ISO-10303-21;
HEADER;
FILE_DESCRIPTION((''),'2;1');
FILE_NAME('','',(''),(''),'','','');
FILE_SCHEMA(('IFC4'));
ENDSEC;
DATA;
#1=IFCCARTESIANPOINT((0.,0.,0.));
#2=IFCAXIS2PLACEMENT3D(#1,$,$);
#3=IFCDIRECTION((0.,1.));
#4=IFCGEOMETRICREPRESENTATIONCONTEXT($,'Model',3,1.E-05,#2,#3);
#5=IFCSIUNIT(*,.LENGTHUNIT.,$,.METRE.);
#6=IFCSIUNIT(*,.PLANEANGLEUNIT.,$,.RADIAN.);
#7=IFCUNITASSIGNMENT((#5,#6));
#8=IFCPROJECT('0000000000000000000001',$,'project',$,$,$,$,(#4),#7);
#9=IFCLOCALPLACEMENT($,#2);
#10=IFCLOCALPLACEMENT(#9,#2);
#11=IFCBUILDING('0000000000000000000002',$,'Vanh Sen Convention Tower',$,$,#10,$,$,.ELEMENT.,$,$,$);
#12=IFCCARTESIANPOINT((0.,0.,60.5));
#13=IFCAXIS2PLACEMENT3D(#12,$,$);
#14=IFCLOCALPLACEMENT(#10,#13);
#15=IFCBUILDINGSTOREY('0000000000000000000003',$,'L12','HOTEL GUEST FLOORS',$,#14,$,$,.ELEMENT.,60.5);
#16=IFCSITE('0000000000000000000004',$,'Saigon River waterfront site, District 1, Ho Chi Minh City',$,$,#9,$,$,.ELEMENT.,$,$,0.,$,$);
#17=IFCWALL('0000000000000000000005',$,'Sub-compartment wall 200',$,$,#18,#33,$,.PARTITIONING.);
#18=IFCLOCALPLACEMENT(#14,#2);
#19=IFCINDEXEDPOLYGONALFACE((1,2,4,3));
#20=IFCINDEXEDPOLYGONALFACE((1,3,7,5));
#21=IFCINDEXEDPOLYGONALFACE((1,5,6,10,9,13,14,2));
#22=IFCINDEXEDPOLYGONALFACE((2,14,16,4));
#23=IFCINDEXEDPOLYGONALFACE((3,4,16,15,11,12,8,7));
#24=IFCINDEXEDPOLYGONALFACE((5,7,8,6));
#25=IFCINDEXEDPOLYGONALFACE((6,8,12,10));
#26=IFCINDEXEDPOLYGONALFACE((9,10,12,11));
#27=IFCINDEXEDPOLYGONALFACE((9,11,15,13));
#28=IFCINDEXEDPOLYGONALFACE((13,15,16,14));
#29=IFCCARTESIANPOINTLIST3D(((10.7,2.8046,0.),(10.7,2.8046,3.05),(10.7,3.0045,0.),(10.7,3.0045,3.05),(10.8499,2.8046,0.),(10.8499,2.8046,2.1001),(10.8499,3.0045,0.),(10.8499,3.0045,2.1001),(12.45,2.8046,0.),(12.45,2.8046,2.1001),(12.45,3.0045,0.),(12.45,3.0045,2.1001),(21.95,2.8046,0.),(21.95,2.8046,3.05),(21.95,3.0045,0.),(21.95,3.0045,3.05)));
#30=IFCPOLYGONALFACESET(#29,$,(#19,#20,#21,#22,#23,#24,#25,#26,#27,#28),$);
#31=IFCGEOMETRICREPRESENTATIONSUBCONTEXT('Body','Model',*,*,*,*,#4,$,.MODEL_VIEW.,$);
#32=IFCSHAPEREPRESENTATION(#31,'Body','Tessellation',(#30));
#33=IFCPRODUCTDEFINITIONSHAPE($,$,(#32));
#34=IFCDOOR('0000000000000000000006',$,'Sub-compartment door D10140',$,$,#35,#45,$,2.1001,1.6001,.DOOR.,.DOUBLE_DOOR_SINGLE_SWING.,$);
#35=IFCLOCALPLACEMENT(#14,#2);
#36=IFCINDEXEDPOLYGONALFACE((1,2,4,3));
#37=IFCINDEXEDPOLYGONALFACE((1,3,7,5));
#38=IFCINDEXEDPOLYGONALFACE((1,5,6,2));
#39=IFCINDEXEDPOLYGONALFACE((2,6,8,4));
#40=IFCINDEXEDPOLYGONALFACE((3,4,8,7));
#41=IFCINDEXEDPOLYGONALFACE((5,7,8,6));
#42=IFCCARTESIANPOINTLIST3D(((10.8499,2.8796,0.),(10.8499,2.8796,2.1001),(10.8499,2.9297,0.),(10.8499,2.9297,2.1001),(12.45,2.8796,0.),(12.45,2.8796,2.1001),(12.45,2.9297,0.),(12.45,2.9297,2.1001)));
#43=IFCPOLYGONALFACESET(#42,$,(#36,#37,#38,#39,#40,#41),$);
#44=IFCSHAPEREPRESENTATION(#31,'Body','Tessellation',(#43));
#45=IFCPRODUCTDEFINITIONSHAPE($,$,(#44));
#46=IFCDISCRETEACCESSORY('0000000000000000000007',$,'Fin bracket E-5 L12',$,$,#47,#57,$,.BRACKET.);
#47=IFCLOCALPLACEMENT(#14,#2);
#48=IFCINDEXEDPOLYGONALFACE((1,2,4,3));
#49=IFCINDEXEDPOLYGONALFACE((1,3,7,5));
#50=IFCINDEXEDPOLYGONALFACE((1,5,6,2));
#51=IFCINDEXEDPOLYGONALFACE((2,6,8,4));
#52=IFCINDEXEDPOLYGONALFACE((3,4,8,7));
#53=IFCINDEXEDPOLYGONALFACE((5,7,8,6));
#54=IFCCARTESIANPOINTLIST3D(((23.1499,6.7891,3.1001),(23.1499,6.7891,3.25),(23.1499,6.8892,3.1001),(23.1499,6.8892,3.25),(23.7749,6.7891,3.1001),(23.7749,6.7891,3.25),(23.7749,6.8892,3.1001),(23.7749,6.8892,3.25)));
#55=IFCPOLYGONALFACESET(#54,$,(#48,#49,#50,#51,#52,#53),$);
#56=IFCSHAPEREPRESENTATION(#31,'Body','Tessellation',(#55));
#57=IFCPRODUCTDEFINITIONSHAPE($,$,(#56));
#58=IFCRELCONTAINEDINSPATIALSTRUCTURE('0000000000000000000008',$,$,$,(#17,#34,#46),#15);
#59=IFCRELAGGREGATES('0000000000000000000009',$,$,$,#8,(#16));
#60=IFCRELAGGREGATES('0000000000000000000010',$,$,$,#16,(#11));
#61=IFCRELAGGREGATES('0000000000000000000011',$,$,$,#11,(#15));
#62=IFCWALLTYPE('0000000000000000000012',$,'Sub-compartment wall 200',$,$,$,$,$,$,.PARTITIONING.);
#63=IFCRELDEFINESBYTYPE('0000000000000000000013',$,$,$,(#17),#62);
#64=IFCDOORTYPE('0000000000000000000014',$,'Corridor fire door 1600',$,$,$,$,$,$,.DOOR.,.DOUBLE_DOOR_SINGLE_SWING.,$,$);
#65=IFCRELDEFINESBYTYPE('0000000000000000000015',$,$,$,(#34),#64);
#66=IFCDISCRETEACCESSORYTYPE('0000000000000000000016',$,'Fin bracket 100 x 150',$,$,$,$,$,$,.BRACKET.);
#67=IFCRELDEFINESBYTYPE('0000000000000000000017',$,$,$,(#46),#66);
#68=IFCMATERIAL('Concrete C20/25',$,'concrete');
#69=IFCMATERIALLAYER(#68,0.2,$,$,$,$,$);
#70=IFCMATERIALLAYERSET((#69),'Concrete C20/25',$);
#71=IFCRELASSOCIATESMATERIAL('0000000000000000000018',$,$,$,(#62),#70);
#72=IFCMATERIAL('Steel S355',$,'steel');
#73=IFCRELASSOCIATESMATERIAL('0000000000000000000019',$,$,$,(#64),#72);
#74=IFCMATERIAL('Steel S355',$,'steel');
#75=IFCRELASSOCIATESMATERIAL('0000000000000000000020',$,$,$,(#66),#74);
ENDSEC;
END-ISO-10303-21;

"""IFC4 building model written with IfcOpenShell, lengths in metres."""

from ifc_helpers import new_model, si_unit, direction, frame, frame_2d, origin, origin_2d, place, context, subcontext, project, spatial, rectangle, extrude, material, layer, layer_set, type_object, element, fill, save


model = new_model("IFC4")

# Units and contexts
model_context = context("Model", 3, precision=1e-05, world=origin(), true_north=direction((0.0, 1.0)))
body_context = subcontext(model_context, "Body", "Model", "MODEL_VIEW")
ifc_project = project(units=[si_unit("LENGTHUNIT", "METRE"), si_unit("PLANEANGLEUNIT", "RADIAN")], contexts=[model_context])

# Site, building, storey
site_placement = place(None, origin())
site = spatial("IfcSite", under=ifc_project, at=site_placement, Name="Saigon River waterfront site, District 1, Ho Chi Minh City", CompositionType="ELEMENT", RefElevation=0.0)
building_placement = place(site_placement, origin())
building = spatial("IfcBuilding", under=site, at=building_placement, Name="Vanh Sen Convention Tower", CompositionType="ELEMENT")
storey_placement = place(building_placement, frame((0.0, 0.0, 60.5)))
storey = spatial("IfcBuildingStorey", under=building, at=storey_placement, Name="L12", Description="HOTEL GUEST FLOORS", CompositionType="ELEMENT", Elevation=60.5)

# Wall, opening, door
ifc_material_1 = material(Name="Concrete C20/25", Category="concrete")
ifc_layer_1 = layer(ifc_material_1, 0.2)
ifc_layer_set_1 = layer_set([ifc_layer_1], Name="Concrete C20/25")
wall_type_1 = type_object("IfcWallType", Name="Sub-compartment wall 200", PredefinedType="PARTITIONING", material=ifc_layer_set_1)
wall_1_placement = place(storey_placement, frame((21.95, 2.9045, 0.0), z_axis=(0.0, 0.0, 1.0), x_axis=(-1.0, 0.0, 0.0)))
wall_1 = element("IfcWall", 1, at=wall_1_placement, inside=storey, type_object=wall_type_1, Name="Sub-compartment wall 200", PredefinedType="PARTITIONING", context=body_context, shape_type="SweptSolid", body=[
    extrude(rectangle(XDim=11.25, YDim=0.2, at=frame_2d((5.625, 0.0))), origin(), (0.0, 0.0, 1.0), 3.05),
])
opening_1_placement = place(wall_1_placement, frame((9.5, 0.0, 0.0)))
opening_1 = element("IfcOpeningElement", 2, at=opening_1_placement, cuts=wall_1, PredefinedType="OPENING", context=body_context, shape_type="SweptSolid", body=[
    extrude(rectangle(XDim=1.6001, YDim=2.1001, at=frame_2d((0.8, 1.05))), frame((0.0, 0.1099, 0.0), z_axis=(0.0, -1.0, 0.0), x_axis=(1.0, 0.0, 0.0)), (0.0, 0.0, 1.0), 0.22),
])
ifc_material_2 = material(Name="Steel S355", Category="steel")
door_type_1 = type_object("IfcDoorType", Name="Corridor fire door 1600", OperationType="DOUBLE_DOOR_SINGLE_SWING", PredefinedType="DOOR", material=ifc_material_2)
door_1_placement = place(opening_1_placement, origin())
door_1 = element("IfcDoor", 3, at=door_1_placement, inside=storey, type_object=door_type_1, Name="Sub-compartment door D10140", OperationType="DOUBLE_DOOR_SINGLE_SWING", OverallHeight=2.1001, OverallWidth=1.6001, PredefinedType="DOOR", context=body_context, shape_type="SweptSolid", body=[
    extrude(rectangle(XDim=1.6001, YDim=2.1001, at=frame_2d((0.8, 1.05))), frame((0.0, 0.0249, 0.0), z_axis=(0.0, -1.0, 0.0), x_axis=(1.0, 0.0, 0.0)), (0.0, 0.0, 1.0), 0.05),
])
fill(opening_1, door_1)

# Discrete accessory
ifc_material_3 = material(Name="Steel S355", Category="steel")
discrete_accessory_type = type_object("IfcDiscreteAccessoryType", Name="Fin bracket 100 x 150", PredefinedType="BRACKET", material=ifc_material_3)
discrete_accessory_placement = place(storey_placement, frame((23.4624, 6.8391, 3.1001), z_axis=(0.0, 0.0, 1.0), x_axis=(1.0, 0.0, 0.0)))
element("IfcDiscreteAccessory", 4, at=discrete_accessory_placement, inside=storey, type_object=discrete_accessory_type, Name="Fin bracket E-5 L12", PredefinedType="BRACKET", context=body_context, shape_type="SweptSolid", body=[
    extrude(rectangle(XDim=0.625, YDim=0.1001, at=origin_2d()), origin(), (0.0, 0.0, 1.0), 0.1499),
])

save(model, "model.ifc")
